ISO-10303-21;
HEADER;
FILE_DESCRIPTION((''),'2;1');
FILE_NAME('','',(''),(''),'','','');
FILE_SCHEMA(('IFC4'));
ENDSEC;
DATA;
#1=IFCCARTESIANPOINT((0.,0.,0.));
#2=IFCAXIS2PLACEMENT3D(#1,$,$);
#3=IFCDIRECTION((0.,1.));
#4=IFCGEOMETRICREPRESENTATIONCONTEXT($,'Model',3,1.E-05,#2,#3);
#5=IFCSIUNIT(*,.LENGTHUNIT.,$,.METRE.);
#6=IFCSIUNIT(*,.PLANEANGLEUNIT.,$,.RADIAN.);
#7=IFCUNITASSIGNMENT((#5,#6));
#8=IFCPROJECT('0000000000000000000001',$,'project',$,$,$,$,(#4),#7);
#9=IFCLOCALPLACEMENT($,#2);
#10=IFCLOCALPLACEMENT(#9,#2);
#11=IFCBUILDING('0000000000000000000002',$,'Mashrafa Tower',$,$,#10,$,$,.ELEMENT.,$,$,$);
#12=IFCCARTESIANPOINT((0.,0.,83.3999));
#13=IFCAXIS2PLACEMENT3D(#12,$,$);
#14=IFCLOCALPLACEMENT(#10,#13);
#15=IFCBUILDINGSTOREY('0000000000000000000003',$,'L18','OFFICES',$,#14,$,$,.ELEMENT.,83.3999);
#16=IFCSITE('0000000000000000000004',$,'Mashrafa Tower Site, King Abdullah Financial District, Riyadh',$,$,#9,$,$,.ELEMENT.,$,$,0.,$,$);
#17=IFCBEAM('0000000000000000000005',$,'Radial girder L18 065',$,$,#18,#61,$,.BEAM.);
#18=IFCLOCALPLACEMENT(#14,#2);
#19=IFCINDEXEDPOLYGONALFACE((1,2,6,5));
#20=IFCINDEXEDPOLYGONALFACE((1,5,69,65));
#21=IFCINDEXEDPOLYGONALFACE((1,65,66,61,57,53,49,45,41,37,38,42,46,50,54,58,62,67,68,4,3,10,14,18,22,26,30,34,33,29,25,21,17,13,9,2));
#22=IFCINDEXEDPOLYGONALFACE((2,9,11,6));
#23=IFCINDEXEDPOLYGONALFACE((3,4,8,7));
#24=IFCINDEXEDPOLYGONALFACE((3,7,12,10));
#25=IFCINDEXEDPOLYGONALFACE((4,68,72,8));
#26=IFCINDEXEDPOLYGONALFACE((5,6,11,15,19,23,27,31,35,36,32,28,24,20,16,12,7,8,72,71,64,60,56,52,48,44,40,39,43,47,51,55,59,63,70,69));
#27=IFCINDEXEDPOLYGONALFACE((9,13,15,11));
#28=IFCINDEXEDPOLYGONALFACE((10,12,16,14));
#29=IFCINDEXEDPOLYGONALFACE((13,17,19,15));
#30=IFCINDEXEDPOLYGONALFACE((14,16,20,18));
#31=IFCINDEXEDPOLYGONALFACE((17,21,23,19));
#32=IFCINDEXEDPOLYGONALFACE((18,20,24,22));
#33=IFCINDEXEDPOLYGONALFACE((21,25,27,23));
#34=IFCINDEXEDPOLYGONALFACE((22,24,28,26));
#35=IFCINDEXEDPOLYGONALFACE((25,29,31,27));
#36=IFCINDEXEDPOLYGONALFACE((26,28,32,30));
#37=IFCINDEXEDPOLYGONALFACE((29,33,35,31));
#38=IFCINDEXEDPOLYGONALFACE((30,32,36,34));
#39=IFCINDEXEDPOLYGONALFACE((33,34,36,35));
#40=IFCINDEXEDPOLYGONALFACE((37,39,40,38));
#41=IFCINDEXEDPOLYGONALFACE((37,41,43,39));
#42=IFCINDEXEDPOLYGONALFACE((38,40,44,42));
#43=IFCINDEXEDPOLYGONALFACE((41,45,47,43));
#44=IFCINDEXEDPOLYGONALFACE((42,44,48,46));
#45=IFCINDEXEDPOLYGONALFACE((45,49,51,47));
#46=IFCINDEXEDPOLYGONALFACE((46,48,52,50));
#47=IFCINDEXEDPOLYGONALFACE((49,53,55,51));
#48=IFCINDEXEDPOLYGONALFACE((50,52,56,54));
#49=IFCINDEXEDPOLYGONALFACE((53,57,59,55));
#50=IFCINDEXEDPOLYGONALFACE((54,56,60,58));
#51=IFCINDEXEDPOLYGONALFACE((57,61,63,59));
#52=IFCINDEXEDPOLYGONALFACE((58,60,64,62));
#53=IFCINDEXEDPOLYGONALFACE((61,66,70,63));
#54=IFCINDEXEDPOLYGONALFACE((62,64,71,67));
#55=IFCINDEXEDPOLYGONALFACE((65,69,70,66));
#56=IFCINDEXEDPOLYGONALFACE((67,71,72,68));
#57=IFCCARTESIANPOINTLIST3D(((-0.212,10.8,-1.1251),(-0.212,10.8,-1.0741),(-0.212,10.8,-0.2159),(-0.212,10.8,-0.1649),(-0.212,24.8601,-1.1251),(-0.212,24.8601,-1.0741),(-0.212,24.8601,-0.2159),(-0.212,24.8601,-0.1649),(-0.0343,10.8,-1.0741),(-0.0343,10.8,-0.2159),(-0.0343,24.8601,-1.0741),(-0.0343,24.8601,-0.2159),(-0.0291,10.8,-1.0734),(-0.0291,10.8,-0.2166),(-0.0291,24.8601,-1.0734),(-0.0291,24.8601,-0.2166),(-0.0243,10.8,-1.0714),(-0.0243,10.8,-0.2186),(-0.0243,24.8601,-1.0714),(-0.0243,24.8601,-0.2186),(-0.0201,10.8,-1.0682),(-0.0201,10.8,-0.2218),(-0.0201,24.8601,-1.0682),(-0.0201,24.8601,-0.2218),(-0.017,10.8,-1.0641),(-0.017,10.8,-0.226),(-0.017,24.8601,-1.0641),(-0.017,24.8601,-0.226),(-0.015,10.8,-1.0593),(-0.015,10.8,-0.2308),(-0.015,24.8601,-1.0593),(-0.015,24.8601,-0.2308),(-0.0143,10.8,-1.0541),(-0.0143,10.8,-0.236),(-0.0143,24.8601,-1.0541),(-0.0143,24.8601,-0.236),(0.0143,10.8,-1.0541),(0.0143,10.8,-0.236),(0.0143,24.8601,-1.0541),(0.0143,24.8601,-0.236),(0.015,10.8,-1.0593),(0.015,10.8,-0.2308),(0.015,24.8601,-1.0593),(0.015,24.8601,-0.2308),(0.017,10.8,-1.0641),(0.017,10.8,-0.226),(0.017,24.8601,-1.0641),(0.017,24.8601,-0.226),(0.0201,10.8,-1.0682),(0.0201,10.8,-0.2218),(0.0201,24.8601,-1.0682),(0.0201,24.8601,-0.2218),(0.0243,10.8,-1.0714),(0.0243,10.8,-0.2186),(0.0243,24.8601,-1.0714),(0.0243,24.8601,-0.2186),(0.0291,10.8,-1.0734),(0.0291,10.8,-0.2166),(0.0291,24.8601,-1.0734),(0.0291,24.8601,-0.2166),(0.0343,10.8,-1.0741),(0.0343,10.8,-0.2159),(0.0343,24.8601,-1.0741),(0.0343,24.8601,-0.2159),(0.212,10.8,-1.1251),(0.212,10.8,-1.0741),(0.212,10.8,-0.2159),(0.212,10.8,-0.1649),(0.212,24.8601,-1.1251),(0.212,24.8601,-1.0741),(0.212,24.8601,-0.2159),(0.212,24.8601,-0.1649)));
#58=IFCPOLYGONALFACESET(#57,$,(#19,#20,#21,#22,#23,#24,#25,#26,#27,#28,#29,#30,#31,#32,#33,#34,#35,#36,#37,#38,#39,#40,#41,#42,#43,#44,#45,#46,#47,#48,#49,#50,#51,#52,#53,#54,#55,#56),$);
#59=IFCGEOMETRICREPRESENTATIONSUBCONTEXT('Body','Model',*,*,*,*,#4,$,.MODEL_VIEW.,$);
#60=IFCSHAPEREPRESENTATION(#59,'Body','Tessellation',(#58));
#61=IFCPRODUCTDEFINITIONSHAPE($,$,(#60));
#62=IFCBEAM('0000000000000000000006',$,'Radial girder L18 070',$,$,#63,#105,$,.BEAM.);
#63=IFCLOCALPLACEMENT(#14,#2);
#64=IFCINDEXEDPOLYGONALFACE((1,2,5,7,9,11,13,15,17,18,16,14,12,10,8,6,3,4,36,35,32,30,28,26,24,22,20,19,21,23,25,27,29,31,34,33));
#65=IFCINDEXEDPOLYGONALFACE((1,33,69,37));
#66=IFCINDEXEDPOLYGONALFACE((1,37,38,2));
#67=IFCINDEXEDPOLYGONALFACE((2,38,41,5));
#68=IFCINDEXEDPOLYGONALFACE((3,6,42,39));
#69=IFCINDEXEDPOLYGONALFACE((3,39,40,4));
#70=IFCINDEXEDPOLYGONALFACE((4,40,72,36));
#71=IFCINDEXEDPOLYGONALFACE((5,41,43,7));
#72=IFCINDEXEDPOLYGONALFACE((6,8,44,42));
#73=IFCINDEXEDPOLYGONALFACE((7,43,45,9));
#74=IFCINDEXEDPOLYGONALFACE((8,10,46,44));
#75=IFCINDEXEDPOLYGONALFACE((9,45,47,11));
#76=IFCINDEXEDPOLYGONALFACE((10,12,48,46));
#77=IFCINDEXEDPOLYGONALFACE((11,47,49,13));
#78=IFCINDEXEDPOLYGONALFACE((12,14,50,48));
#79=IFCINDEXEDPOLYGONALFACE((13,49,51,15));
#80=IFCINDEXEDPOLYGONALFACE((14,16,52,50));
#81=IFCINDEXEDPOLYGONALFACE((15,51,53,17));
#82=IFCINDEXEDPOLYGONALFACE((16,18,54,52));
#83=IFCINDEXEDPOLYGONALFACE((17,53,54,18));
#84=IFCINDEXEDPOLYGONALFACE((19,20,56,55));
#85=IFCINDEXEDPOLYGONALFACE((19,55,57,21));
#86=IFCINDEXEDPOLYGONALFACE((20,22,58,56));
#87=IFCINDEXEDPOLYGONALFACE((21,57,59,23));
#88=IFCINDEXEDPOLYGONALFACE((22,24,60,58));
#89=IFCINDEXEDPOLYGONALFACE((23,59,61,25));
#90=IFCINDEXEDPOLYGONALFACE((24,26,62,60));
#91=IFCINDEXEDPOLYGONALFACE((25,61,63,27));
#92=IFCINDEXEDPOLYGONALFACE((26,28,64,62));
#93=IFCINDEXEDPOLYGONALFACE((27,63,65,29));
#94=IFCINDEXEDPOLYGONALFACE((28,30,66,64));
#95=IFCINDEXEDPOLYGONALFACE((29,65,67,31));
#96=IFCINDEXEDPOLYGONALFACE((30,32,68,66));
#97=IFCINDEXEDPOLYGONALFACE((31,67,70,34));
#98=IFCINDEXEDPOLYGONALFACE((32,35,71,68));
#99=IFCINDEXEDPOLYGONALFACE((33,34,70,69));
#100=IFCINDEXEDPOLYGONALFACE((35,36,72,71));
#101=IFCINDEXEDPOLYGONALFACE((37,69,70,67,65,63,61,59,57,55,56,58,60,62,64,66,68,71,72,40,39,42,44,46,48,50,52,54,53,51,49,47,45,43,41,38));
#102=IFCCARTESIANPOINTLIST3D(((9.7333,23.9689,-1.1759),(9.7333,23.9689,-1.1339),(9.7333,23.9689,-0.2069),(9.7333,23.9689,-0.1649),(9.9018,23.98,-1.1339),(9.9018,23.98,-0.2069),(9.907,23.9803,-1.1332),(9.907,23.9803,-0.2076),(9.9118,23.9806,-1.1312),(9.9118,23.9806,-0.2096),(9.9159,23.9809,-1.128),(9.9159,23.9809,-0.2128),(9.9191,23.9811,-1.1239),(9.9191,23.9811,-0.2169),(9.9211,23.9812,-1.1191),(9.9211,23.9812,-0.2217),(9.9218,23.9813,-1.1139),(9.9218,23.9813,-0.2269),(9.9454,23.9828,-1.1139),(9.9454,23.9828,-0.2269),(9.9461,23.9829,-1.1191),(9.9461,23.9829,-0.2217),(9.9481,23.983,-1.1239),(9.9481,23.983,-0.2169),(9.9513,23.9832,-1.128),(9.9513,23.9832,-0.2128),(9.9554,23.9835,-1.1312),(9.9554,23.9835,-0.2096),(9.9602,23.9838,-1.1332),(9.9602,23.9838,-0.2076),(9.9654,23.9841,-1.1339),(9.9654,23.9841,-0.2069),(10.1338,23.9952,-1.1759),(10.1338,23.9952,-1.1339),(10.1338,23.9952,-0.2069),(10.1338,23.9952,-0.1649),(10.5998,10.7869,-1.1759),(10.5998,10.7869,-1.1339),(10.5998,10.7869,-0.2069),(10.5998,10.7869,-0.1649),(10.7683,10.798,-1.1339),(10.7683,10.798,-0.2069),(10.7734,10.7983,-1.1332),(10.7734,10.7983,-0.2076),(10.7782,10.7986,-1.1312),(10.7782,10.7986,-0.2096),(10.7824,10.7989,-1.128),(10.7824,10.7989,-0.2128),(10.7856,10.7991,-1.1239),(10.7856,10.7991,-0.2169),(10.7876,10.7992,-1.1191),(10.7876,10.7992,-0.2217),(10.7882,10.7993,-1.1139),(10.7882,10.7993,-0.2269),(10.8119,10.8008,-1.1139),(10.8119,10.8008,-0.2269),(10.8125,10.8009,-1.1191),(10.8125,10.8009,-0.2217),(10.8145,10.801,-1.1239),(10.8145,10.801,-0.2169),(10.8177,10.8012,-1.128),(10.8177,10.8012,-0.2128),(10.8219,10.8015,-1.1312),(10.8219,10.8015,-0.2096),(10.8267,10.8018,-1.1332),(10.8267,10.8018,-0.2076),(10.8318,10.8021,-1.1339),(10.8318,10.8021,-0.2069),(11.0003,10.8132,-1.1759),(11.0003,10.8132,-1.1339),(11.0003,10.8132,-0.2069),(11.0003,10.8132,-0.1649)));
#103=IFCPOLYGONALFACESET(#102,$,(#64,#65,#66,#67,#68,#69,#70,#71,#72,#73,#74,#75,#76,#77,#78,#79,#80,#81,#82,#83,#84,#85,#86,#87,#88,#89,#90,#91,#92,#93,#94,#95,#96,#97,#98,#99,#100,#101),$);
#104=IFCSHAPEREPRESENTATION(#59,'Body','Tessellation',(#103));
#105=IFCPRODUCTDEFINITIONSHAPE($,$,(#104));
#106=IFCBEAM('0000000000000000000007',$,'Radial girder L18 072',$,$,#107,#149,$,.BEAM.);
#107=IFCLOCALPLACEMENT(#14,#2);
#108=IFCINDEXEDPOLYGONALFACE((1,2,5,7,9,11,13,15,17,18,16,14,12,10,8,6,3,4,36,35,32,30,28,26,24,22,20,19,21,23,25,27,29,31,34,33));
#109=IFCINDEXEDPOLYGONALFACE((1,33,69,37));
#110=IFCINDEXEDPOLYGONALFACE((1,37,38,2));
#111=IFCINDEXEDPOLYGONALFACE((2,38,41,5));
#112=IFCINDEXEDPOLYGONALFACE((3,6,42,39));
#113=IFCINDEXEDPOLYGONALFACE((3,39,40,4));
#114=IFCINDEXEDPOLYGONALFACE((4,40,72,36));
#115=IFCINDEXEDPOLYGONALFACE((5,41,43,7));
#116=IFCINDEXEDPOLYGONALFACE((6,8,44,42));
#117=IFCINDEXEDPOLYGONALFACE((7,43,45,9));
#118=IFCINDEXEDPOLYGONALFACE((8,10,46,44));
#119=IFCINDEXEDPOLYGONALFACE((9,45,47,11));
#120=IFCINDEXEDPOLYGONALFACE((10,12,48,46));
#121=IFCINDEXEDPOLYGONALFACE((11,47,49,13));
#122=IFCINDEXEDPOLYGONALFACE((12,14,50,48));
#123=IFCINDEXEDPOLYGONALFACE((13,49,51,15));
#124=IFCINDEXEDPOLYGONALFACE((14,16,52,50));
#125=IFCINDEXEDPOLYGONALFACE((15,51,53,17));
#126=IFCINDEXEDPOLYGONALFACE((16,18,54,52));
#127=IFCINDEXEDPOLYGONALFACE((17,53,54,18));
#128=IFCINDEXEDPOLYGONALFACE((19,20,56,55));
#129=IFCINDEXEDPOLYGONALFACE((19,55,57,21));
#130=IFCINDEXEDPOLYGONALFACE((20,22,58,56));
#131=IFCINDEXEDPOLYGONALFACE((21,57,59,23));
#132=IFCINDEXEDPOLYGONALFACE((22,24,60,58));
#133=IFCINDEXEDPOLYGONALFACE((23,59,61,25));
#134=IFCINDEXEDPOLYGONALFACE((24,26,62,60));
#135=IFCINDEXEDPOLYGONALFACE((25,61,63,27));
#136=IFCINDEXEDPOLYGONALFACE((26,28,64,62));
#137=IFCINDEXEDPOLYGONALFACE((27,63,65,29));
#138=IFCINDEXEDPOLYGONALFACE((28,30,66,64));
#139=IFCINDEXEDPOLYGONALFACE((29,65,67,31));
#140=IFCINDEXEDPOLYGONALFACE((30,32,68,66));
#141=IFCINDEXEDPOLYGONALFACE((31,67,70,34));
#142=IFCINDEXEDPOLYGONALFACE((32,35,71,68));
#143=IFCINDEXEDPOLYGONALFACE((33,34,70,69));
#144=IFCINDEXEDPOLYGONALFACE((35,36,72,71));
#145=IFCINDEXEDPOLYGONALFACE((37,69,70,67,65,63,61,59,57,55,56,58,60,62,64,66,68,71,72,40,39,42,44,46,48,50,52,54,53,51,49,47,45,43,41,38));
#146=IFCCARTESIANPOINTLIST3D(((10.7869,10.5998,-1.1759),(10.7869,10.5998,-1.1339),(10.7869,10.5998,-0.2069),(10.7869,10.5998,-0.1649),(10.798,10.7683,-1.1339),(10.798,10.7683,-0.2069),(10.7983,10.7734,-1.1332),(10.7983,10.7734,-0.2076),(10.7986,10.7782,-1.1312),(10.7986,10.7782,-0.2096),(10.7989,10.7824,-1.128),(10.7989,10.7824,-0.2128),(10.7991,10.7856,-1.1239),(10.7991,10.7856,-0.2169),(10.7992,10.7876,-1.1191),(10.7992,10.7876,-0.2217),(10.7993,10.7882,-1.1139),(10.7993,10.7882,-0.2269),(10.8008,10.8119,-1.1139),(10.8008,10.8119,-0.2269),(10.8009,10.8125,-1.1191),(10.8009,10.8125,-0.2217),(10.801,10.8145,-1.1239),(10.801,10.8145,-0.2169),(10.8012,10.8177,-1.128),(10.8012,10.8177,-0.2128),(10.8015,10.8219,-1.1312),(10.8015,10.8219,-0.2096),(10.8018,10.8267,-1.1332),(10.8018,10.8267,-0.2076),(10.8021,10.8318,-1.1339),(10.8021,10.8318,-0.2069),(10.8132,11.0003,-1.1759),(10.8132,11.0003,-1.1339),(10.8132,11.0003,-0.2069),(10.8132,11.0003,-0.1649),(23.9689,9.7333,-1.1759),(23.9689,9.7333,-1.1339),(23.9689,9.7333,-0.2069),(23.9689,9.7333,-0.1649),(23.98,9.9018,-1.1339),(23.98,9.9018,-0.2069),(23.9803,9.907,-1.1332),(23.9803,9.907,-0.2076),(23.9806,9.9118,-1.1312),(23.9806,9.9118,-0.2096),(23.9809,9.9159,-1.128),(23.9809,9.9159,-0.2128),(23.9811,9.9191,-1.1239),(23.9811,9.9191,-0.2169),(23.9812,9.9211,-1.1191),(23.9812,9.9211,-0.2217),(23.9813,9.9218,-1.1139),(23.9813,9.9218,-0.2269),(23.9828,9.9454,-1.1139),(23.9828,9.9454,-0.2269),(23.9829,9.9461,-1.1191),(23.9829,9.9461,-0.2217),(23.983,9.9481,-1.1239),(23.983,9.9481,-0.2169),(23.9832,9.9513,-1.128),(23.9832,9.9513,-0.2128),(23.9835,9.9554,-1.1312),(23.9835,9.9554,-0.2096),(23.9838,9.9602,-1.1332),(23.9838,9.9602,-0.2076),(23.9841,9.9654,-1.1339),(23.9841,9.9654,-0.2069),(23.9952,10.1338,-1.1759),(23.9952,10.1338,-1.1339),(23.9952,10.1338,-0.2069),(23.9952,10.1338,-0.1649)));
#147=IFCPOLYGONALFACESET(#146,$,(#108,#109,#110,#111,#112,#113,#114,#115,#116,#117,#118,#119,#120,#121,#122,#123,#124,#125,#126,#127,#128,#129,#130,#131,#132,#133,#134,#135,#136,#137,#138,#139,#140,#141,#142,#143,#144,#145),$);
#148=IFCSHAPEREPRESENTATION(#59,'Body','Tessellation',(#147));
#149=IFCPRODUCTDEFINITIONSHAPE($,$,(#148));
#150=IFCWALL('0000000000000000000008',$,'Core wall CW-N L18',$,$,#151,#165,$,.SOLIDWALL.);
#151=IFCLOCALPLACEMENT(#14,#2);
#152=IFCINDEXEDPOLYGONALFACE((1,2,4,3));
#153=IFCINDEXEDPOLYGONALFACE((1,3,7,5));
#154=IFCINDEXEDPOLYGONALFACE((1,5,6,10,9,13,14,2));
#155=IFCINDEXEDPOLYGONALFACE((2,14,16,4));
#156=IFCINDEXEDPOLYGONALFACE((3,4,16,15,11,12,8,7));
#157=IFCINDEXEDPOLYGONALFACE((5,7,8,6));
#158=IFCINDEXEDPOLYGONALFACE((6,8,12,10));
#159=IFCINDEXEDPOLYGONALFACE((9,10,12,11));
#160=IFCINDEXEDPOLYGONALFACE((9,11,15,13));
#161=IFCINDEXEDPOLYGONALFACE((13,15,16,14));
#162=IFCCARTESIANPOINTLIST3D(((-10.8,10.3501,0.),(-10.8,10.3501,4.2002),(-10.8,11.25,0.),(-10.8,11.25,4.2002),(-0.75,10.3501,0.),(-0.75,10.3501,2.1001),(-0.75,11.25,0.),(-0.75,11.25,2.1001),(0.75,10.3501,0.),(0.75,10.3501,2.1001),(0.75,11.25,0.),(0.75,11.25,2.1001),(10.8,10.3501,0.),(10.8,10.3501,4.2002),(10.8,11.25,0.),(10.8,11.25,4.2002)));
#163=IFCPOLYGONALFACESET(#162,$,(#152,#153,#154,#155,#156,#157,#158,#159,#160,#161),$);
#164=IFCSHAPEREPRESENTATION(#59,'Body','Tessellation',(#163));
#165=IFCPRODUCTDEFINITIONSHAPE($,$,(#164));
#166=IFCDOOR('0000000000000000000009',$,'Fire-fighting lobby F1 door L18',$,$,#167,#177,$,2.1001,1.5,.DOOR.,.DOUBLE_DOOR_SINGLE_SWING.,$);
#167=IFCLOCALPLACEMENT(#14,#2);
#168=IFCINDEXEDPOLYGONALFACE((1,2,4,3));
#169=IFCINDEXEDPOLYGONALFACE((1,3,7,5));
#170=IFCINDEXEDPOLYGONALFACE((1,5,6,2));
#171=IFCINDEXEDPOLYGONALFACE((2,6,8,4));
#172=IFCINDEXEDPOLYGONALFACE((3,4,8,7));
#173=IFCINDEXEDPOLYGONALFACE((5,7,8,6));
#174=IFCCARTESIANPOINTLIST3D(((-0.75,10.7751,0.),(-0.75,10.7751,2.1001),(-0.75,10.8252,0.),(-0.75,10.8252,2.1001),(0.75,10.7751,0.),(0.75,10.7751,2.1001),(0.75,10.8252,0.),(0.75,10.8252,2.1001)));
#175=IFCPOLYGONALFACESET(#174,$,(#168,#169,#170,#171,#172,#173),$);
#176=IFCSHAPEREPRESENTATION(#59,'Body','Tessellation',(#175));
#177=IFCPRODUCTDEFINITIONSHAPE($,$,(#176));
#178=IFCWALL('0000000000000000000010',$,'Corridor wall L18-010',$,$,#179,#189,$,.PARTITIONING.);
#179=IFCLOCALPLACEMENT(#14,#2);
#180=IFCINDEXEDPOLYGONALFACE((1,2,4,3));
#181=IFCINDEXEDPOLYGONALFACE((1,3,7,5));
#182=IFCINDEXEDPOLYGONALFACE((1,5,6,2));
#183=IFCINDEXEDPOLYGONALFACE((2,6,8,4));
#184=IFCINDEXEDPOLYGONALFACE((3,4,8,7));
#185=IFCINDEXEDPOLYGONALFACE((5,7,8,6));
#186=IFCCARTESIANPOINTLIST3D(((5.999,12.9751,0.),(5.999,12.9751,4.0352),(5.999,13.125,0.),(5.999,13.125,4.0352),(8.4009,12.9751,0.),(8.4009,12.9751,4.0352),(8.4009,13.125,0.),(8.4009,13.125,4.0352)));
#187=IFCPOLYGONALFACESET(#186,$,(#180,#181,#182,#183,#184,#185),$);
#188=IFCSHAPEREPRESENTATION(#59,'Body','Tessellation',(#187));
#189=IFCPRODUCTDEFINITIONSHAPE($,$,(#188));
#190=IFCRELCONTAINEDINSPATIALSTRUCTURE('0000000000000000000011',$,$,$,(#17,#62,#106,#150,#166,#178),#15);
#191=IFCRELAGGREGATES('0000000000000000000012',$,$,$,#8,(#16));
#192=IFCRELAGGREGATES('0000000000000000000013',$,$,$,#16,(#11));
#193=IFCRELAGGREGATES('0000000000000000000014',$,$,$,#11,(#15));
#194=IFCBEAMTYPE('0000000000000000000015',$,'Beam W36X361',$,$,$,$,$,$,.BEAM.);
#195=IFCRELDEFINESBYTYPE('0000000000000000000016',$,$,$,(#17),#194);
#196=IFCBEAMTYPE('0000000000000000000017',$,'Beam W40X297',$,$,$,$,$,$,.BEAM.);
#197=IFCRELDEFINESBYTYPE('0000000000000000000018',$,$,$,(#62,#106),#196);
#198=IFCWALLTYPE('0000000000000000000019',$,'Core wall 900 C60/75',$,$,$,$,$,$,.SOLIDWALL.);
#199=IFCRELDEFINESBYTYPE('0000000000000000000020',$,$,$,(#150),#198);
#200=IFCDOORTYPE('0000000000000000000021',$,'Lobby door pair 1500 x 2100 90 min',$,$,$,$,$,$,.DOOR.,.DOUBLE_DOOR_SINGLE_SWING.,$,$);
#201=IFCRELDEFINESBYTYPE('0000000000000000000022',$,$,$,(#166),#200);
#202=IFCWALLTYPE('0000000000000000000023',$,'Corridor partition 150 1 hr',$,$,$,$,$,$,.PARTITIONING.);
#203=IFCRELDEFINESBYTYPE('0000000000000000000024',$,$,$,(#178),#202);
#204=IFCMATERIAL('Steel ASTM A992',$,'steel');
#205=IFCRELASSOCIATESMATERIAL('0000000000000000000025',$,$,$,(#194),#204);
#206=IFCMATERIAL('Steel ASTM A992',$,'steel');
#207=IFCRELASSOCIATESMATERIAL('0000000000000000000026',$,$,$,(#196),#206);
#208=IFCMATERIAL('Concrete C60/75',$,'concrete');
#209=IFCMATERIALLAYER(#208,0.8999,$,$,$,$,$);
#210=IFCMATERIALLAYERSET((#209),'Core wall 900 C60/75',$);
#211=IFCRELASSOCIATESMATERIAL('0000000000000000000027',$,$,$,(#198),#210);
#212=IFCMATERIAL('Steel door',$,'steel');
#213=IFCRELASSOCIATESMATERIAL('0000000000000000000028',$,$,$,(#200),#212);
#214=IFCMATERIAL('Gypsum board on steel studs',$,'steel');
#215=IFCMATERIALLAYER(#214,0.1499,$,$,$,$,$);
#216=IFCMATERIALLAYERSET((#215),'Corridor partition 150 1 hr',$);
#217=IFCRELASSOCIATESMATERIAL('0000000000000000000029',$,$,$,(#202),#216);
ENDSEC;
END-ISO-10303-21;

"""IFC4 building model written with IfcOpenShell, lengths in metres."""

from ifc_helpers import new_model, si_unit, direction, frame, frame_2d, origin, origin_2d, place, context, subcontext, project, spatial, rectangle, i_section, extrude, material, layer, layer_set, material_profile, profile_set, type_object, element, fill, save


model = new_model("IFC4")

# Units and contexts
model_context = context("Model", 3, precision=1e-05, world=origin(), true_north=direction((0.0, 1.0)))
body_context = subcontext(model_context, "Body", "Model", "MODEL_VIEW")
ifc_project = project(units=[si_unit("LENGTHUNIT", "METRE"), si_unit("PLANEANGLEUNIT", "RADIAN")], contexts=[model_context])

# Site, building, storey
site_placement = place(None, origin())
site = spatial("IfcSite", under=ifc_project, at=site_placement, Name="Mashrafa Tower Site, King Abdullah Financial District, Riyadh", CompositionType="ELEMENT", RefElevation=0.0)
building_placement = place(site_placement, origin())
building = spatial("IfcBuilding", under=site, at=building_placement, Name="Mashrafa Tower", CompositionType="ELEMENT")
storey_placement = place(building_placement, frame((0.0, 0.0, 83.3999)))
storey = spatial("IfcBuildingStorey", under=building, at=storey_placement, Name="L18", Description="OFFICES", CompositionType="ELEMENT", Elevation=83.3999)

# Beams
ifc_material_1 = material(Name="Steel ASTM A992", Category="steel")
ifc_material_profile_1 = material_profile(ifc_material_1, i_section(OverallWidth=0.4241, OverallDepth=0.9602, WebThickness=0.0286, FlangeThickness=0.051, FilletRadius=0.02, at=origin_2d()), Name="W36X361")
ifc_profile_set_1 = profile_set([ifc_material_profile_1], Name="Steel ASTM A992")
beam_type_1 = type_object("IfcBeamType", Name="Beam W36X361", PredefinedType="BEAM", material=ifc_profile_set_1)
beam_1_placement = place(storey_placement, frame((0.0, 10.8, -0.645), z_axis=(0.0, 1.0, 0.0), x_axis=(-1.0, 0.0, 0.0)))
element("IfcBeam", 1, at=beam_1_placement, inside=storey, type_object=beam_type_1, Name="Radial girder L18 065", PredefinedType="BEAM", context=body_context, shape_type="SweptSolid", body=[
    extrude(i_section(OverallWidth=0.4241, OverallDepth=0.9602, WebThickness=0.0286, FlangeThickness=0.051, FilletRadius=0.02, at=origin_2d()), origin(), (0.0, 0.0, 1.0), 14.0601),
])
ifc_material_2 = material(Name="Steel ASTM A992", Category="steel")
ifc_material_profile_2 = material_profile(ifc_material_2, i_section(OverallWidth=0.4014, OverallDepth=1.011, WebThickness=0.0237, FlangeThickness=0.042, FilletRadius=0.02, at=origin_2d()), Name="W40X297")
ifc_profile_set_2 = profile_set([ifc_material_profile_2], Name="Steel ASTM A992")
beam_type_2 = type_object("IfcBeamType", Name="Beam W40X297", PredefinedType="BEAM", material=ifc_profile_set_2)
for number, where, z_axis, x_axis, name in (
    (2, (10.8, 10.8, -0.6704), (-0.065589, 0.997847, 0.0), (-0.997847, -0.065589, 0.0), "Radial girder L18 070"),
    (3, (10.8, 10.8, -0.6704), (0.997847, -0.065589, 0.0), (0.065589, 0.997847, 0.0), "Radial girder L18 072"),
):
    element("IfcBeam", number, at=place(storey_placement, frame(where, z_axis=z_axis, x_axis=x_axis)), inside=storey, type_object=beam_type_2, Name=name, PredefinedType="BEAM", context=body_context, shape_type="SweptSolid", body=[
        extrude(i_section(OverallWidth=0.4014, OverallDepth=1.011, WebThickness=0.0237, FlangeThickness=0.042, FilletRadius=0.02, at=origin_2d()), origin(), (0.0, 0.0, 1.0), 13.2104),
    ])

# Wall, opening, door
ifc_material_3 = material(Name="Concrete C60/75", Category="concrete")
ifc_layer_1 = layer(ifc_material_3, 0.8999)
ifc_layer_set_1 = layer_set([ifc_layer_1], Name="Core wall 900 C60/75")
wall_type_1 = type_object("IfcWallType", Name="Core wall 900 C60/75", PredefinedType="SOLIDWALL", material=ifc_layer_set_1)
wall_1_placement = place(storey_placement, frame((10.8, 10.8, 0.0), z_axis=(0.0, 0.0, 1.0), x_axis=(-1.0, 0.0, 0.0)))
wall_1 = element("IfcWall", 4, at=wall_1_placement, inside=storey, type_object=wall_type_1, Name="Core wall CW-N L18", PredefinedType="SOLIDWALL", context=body_context, shape_type="SweptSolid", body=[
    extrude(rectangle(XDim=21.6001, YDim=0.8999, at=frame_2d((10.8, 0.0))), origin(), (0.0, 0.0, 1.0), 4.2002),
])
opening_1_placement = place(wall_1_placement, frame((10.05, 0.0, 0.0)))
opening_1 = element("IfcOpeningElement", 5, at=opening_1_placement, cuts=wall_1, PredefinedType="OPENING", context=body_context, shape_type="SweptSolid", body=[
    extrude(rectangle(XDim=1.5, YDim=2.1001, at=frame_2d((0.75, 1.05))), frame((0.0, 0.46, 0.0), z_axis=(0.0, -1.0, 0.0), x_axis=(1.0, 0.0, 0.0)), (0.0, 0.0, 1.0), 0.9199),
])
ifc_material_4 = material(Name="Steel door", Category="steel")
door_type_1 = type_object("IfcDoorType", Name="Lobby door pair 1500 x 2100 90 min", OperationType="DOUBLE_DOOR_SINGLE_SWING", PredefinedType="DOOR", material=ifc_material_4)
door_1_placement = place(opening_1_placement, origin())
door_1 = element("IfcDoor", 6, at=door_1_placement, inside=storey, type_object=door_type_1, Name="Fire-fighting lobby F1 door L18", OperationType="DOUBLE_DOOR_SINGLE_SWING", OverallHeight=2.1001, OverallWidth=1.5, PredefinedType="DOOR", context=body_context, shape_type="SweptSolid", body=[
    extrude(rectangle(XDim=1.5, YDim=2.1001, at=frame_2d((0.75, 1.05))), frame((0.0, 0.0249, 0.0), z_axis=(0.0, -1.0, 0.0), x_axis=(1.0, 0.0, 0.0)), (0.0, 0.0, 1.0), 0.05),
])
fill(opening_1, door_1)

# Wall
ifc_material_5 = material(Name="Gypsum board on steel studs", Category="steel")
ifc_layer_2 = layer(ifc_material_5, 0.1499)
ifc_layer_set_2 = layer_set([ifc_layer_2], Name="Corridor partition 150 1 hr")
wall_type_2 = type_object("IfcWallType", Name="Corridor partition 150 1 hr", PredefinedType="PARTITIONING", material=ifc_layer_set_2)
wall_2_placement = place(storey_placement, frame((8.4009, 13.05, 0.0), z_axis=(0.0, 0.0, 1.0), x_axis=(-1.0, 0.0, 0.0)))
element("IfcWall", 7, at=wall_2_placement, inside=storey, type_object=wall_type_2, Name="Corridor wall L18-010", PredefinedType="PARTITIONING", context=body_context, shape_type="SweptSolid", body=[
    extrude(rectangle(XDim=2.4019, YDim=0.1499, at=frame_2d((1.2009, 0.0))), origin(), (0.0, 0.0, 1.0), 4.0352),
])

save(model, "model.ifc")
